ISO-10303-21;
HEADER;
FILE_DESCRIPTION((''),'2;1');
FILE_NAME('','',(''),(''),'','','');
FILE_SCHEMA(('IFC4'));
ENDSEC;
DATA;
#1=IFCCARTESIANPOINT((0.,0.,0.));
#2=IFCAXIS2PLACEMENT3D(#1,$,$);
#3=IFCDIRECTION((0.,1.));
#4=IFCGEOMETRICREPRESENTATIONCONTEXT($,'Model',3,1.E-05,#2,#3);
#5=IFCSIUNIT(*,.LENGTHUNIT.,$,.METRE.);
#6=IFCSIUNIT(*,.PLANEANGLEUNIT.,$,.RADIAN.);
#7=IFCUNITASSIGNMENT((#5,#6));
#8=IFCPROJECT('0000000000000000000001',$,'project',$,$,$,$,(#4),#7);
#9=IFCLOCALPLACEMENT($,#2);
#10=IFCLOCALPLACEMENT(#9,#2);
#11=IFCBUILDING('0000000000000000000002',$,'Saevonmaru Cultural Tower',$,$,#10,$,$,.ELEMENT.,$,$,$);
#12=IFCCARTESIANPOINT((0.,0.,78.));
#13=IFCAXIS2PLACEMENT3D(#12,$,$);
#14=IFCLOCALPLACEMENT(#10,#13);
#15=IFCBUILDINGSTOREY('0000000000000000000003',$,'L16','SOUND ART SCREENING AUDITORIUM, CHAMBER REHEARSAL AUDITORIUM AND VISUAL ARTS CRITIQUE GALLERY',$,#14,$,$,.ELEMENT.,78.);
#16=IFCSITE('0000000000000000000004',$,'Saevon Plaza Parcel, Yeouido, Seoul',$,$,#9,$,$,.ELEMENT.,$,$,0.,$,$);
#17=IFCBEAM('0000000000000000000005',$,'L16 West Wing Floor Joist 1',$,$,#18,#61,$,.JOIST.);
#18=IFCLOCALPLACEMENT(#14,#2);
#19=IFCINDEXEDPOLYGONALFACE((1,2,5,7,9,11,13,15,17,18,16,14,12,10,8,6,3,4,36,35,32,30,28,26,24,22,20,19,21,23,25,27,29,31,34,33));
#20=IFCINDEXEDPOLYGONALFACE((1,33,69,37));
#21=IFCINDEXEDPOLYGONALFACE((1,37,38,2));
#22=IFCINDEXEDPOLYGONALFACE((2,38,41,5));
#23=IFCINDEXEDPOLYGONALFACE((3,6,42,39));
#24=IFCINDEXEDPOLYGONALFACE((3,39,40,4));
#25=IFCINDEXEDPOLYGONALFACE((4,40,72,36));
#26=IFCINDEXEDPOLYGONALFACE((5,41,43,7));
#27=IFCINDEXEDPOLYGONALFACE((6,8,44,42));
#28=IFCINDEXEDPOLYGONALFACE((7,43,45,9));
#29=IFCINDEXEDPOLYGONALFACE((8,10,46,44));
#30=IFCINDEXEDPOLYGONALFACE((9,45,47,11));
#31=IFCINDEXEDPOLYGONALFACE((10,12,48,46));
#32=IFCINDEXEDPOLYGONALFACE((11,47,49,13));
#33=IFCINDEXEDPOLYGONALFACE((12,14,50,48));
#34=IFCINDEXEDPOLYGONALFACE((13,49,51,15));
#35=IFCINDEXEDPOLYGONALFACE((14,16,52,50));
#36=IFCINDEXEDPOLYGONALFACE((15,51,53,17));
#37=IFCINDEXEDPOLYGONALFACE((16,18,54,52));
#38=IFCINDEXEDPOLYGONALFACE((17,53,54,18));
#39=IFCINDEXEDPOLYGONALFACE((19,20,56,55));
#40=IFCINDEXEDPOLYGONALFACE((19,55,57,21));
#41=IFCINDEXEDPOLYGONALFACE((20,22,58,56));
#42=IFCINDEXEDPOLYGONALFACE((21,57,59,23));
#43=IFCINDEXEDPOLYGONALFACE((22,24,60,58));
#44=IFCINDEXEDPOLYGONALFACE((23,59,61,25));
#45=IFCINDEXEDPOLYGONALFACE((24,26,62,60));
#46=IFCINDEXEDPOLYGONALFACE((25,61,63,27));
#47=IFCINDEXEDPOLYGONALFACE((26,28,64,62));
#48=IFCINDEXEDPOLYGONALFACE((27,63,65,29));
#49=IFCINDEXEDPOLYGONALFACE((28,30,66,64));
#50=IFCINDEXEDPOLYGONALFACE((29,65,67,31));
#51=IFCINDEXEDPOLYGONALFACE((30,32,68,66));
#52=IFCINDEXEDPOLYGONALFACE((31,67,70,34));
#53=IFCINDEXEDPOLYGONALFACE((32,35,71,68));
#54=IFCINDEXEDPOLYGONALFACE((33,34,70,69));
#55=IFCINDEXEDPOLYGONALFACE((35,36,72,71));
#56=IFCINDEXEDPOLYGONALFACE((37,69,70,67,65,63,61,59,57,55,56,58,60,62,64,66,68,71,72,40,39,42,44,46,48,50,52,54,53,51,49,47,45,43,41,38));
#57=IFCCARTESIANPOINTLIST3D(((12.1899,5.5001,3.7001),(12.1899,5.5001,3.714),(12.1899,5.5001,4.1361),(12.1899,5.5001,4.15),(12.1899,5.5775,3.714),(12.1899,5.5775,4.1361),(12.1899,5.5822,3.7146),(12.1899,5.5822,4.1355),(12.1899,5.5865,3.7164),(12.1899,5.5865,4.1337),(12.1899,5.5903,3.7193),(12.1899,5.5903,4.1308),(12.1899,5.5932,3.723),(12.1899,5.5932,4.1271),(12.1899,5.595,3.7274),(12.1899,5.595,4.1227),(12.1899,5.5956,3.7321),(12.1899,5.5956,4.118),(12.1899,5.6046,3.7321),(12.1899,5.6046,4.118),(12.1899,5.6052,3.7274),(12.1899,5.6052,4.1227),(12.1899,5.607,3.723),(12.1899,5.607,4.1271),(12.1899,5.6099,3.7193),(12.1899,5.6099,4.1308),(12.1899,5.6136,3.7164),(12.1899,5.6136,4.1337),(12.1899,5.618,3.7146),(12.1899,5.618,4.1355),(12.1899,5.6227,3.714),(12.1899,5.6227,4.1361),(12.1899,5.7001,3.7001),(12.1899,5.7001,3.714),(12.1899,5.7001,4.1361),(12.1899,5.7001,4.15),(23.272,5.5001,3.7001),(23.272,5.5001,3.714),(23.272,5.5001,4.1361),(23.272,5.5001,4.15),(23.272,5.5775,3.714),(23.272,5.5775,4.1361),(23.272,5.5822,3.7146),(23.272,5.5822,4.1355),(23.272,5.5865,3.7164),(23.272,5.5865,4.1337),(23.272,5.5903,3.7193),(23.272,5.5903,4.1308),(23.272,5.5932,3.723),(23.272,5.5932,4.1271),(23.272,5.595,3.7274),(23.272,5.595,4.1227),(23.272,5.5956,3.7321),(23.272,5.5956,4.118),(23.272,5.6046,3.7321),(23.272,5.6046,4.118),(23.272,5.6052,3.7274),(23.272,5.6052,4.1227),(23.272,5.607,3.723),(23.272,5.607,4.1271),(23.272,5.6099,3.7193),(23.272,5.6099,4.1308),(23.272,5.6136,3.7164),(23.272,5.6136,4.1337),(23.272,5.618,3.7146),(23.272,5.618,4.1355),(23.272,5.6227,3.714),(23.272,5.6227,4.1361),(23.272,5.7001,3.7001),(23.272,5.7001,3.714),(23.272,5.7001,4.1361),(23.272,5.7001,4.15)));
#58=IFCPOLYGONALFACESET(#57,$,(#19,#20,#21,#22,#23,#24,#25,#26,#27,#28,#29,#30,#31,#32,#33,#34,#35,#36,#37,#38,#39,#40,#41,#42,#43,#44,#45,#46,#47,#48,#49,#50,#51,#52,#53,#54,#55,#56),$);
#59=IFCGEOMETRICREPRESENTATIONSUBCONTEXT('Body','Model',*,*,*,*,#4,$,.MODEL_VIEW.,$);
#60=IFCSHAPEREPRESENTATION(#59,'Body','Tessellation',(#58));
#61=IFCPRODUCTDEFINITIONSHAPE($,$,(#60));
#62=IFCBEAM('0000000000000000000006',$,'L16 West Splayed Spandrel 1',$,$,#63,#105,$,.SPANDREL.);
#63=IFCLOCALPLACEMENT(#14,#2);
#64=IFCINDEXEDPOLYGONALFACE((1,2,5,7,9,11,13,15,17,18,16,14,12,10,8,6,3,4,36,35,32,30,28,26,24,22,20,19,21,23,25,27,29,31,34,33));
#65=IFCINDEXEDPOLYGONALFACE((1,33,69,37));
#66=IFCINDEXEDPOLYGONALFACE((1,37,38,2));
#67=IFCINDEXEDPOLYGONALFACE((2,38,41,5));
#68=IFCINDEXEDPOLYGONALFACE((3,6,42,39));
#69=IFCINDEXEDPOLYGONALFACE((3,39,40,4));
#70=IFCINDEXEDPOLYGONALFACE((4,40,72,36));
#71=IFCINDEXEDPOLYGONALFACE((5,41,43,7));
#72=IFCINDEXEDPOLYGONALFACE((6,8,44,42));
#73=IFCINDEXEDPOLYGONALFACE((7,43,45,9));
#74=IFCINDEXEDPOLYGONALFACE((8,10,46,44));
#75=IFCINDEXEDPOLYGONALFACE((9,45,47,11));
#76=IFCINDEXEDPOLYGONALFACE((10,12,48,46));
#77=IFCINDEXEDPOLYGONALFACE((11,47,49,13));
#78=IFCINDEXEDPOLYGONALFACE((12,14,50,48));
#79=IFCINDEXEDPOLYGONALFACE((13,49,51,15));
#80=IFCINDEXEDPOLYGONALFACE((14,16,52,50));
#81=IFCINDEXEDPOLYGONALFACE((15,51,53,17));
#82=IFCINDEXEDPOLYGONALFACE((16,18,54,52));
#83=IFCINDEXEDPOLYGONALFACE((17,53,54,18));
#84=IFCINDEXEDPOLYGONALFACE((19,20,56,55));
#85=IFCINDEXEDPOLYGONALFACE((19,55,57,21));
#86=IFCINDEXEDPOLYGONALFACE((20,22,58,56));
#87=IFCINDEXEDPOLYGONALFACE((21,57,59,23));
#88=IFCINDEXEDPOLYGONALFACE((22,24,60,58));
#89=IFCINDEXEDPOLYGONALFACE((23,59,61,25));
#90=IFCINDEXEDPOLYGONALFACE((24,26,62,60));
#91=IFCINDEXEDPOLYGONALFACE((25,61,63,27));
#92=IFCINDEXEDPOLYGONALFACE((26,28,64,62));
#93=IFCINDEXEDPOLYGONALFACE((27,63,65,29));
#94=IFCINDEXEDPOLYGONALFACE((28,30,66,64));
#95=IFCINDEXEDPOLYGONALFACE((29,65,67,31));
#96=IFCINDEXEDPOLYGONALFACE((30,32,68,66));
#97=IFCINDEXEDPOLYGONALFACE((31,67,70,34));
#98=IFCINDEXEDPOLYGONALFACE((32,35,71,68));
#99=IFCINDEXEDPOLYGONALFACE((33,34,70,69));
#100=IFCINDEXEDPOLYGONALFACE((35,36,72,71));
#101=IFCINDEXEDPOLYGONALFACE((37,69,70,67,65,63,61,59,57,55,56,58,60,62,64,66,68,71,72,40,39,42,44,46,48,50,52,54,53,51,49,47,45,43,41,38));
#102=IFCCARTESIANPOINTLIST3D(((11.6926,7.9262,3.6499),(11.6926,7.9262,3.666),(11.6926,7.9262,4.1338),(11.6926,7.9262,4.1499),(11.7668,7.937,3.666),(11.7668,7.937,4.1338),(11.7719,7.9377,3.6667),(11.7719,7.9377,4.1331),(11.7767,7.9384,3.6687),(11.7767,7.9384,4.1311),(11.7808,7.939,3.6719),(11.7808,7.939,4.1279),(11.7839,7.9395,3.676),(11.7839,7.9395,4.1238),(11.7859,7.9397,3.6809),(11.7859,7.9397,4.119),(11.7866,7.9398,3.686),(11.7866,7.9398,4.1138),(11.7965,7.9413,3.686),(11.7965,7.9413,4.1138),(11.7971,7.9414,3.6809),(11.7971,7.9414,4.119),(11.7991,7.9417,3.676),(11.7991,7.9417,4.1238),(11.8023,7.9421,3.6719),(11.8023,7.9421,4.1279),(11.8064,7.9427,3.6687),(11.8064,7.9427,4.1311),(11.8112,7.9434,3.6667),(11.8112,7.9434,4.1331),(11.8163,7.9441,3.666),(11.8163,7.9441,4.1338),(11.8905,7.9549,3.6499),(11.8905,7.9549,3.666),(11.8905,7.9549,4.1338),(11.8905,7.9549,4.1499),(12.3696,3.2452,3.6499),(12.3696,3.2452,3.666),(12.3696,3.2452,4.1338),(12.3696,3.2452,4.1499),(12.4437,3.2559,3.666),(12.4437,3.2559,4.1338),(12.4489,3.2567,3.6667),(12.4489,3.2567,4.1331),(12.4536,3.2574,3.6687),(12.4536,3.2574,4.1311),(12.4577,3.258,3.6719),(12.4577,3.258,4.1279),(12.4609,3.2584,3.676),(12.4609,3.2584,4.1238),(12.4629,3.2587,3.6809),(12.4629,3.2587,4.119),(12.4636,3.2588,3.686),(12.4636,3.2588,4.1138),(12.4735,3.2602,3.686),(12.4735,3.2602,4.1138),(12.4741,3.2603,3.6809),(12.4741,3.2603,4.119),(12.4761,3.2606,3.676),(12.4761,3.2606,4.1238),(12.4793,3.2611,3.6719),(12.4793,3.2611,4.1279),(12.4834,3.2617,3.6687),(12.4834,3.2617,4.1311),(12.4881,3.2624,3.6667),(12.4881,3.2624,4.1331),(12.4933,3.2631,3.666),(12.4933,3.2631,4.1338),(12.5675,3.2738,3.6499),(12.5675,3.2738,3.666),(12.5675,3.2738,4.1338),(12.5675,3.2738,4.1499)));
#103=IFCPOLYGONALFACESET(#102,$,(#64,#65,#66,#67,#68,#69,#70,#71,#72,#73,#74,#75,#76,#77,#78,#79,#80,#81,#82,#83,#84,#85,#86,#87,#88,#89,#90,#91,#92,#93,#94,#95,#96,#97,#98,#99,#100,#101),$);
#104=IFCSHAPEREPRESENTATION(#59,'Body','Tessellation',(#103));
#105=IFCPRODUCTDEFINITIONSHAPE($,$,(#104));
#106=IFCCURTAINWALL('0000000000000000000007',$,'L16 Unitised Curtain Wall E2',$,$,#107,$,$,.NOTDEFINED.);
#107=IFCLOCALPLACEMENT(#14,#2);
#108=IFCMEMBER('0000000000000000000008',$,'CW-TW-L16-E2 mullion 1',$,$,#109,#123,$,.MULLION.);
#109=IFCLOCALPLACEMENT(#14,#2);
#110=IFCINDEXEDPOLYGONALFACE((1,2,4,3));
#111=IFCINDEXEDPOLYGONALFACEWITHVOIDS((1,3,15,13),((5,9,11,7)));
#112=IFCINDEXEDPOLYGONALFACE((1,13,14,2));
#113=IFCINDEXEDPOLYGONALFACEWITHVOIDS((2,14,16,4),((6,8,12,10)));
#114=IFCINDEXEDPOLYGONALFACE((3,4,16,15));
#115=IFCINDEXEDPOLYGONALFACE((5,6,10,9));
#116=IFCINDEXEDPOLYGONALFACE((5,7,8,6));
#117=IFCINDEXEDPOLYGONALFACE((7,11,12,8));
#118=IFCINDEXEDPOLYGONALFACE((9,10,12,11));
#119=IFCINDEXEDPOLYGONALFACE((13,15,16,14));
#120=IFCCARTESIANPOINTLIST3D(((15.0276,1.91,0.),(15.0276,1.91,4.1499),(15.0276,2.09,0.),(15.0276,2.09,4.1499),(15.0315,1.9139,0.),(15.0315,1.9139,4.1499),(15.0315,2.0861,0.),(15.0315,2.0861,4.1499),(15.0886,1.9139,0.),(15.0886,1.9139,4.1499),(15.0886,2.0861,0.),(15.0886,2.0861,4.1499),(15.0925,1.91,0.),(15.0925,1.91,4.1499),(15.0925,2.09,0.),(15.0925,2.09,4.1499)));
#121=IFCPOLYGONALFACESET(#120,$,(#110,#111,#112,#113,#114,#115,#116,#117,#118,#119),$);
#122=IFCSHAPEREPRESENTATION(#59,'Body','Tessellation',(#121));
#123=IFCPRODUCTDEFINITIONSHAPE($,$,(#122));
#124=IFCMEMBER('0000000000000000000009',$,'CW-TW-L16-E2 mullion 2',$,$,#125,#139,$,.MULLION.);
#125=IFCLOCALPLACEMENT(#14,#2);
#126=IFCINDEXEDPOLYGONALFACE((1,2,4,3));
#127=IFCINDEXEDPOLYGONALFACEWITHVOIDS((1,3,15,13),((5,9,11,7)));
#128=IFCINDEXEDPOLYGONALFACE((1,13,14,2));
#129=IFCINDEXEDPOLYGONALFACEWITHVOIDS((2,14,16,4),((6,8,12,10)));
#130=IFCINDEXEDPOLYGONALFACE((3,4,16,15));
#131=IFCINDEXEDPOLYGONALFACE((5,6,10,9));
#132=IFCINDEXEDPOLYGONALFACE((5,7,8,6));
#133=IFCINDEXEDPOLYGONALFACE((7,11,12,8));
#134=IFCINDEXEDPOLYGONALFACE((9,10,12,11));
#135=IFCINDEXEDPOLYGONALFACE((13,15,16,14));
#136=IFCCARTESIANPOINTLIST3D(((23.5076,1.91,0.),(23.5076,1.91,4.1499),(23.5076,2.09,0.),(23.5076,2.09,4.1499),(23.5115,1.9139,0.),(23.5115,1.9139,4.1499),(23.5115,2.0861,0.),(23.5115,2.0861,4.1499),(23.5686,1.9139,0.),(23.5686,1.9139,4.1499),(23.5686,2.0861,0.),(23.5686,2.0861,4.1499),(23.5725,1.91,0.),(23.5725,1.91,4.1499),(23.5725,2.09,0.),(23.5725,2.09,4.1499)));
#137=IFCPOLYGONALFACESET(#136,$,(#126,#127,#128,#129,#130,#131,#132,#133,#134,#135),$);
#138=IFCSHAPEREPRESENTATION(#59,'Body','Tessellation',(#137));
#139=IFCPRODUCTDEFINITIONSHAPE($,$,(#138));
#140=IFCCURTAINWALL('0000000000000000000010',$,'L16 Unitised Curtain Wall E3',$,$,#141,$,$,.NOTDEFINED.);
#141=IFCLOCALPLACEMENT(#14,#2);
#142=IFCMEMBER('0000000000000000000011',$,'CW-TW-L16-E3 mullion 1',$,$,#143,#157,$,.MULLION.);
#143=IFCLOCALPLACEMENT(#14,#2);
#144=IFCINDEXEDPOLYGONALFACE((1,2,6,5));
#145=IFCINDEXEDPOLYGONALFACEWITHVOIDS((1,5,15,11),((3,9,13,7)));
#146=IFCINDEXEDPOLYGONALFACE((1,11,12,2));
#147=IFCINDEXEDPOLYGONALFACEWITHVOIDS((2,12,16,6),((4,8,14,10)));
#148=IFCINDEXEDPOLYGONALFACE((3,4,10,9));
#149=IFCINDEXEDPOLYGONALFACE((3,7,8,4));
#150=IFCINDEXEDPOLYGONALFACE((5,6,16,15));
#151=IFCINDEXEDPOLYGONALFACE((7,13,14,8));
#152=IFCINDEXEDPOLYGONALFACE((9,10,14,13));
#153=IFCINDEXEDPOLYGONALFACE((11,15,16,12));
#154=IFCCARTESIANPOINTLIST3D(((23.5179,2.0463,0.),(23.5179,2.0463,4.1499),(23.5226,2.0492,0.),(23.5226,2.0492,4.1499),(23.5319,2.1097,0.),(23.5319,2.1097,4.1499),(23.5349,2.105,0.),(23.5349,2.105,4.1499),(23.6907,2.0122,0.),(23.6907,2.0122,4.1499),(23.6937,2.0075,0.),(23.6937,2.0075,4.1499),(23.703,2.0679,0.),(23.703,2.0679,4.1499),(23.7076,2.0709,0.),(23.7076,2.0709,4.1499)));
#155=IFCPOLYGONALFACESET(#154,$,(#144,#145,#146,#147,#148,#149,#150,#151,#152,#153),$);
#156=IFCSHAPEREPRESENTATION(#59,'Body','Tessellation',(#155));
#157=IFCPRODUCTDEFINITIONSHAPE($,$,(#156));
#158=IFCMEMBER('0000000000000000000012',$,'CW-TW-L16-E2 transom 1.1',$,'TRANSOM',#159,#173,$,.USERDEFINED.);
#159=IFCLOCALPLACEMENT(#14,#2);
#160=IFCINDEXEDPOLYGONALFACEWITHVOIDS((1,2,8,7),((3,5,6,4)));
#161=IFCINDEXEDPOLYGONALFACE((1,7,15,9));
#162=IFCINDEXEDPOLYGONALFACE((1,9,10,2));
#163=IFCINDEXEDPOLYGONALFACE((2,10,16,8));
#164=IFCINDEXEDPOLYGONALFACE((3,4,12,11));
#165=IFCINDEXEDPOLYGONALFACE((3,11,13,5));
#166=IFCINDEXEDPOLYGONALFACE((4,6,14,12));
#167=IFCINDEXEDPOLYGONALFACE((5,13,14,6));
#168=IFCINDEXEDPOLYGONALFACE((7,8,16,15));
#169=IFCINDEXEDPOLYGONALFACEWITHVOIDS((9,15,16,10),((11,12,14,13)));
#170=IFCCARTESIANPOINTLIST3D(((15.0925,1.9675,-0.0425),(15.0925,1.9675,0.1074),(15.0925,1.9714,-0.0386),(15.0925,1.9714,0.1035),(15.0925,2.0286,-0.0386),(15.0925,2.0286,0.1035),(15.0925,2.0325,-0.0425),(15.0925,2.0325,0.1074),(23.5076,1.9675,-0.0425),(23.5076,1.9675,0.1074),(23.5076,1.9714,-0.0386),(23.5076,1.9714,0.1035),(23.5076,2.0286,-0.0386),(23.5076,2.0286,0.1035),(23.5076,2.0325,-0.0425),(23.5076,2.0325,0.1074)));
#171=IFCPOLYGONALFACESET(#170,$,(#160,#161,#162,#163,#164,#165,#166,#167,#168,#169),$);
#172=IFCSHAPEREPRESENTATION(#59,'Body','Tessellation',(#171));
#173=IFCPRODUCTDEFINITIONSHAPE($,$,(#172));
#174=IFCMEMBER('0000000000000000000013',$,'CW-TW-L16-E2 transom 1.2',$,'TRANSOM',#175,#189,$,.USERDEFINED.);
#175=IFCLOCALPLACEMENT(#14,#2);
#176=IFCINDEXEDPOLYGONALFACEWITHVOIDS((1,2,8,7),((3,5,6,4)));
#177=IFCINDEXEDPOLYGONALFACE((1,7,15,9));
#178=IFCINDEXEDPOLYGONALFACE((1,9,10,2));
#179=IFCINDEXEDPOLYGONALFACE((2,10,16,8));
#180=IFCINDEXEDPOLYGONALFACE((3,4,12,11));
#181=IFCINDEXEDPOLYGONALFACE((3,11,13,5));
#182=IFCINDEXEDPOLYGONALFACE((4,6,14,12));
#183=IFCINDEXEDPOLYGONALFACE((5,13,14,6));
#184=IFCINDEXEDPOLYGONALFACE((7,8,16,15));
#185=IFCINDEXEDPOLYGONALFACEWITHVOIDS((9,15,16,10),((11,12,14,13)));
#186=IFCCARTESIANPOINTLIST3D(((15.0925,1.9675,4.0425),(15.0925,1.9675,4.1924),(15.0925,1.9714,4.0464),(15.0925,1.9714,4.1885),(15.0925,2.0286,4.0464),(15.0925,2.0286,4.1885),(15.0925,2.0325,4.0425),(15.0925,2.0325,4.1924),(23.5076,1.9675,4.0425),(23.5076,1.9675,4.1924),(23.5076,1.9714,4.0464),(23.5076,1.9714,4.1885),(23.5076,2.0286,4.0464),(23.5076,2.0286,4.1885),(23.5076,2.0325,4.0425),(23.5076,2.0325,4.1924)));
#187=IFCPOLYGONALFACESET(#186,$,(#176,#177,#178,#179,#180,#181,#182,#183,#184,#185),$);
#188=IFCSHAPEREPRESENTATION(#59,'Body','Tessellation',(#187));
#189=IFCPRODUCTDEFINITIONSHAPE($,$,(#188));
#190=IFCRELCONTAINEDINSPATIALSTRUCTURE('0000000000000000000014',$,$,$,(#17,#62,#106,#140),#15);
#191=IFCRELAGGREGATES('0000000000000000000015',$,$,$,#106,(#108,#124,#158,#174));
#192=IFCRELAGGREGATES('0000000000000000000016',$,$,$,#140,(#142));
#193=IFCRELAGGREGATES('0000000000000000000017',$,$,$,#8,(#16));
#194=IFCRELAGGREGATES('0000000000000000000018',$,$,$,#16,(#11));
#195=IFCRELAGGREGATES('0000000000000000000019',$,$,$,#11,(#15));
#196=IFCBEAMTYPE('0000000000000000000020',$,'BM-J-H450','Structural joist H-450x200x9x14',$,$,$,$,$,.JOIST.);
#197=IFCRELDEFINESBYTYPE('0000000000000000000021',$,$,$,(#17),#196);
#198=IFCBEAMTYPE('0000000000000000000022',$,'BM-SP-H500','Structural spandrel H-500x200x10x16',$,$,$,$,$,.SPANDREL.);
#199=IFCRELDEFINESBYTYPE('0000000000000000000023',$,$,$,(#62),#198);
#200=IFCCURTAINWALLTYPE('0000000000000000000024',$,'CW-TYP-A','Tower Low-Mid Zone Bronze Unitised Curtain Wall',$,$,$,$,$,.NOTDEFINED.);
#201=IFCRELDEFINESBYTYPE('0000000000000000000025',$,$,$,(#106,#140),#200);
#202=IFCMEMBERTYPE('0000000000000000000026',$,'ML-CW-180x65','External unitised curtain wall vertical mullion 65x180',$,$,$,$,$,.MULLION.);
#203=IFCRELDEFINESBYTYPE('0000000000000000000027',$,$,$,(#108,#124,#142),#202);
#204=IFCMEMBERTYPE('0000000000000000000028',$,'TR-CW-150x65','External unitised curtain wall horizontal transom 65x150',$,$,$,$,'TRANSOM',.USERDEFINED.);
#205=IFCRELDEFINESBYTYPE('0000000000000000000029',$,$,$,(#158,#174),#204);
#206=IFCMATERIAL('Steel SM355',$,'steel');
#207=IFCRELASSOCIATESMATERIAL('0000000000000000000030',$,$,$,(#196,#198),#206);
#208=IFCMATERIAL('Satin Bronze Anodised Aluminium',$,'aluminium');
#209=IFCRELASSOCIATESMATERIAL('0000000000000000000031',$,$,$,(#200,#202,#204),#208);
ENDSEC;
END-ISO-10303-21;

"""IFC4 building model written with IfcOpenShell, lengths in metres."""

from ifc_helpers import new_model, si_unit, direction, frame, origin, origin_2d, place, context, subcontext, project, spatial, hollow_rectangle, i_section, extrude, material, material_profile, profile_set, type_object, element, aggregate, save


model = new_model("IFC4")

# Units and contexts
model_context = context("Model", 3, precision=1e-05, world=origin(), true_north=direction((0.0, 1.0)))
body_context = subcontext(model_context, "Body", "Model", "MODEL_VIEW")
ifc_project = project(units=[si_unit("LENGTHUNIT", "METRE"), si_unit("PLANEANGLEUNIT", "RADIAN")], contexts=[model_context])

# Site, building, storey
site_placement = place(None, origin())
site = spatial("IfcSite", under=ifc_project, at=site_placement, Name="Saevon Plaza Parcel, Yeouido, Seoul", CompositionType="ELEMENT", RefElevation=0.0)
building_placement = place(site_placement, origin())
building = spatial("IfcBuilding", under=site, at=building_placement, Name="Saevonmaru Cultural Tower", CompositionType="ELEMENT")
storey_placement = place(building_placement, frame((0.0, 0.0, 78.0)))
storey = spatial("IfcBuildingStorey", under=building, at=storey_placement, Name="L16", Description="SOUND ART SCREENING AUDITORIUM, CHAMBER REHEARSAL AUDITORIUM AND VISUAL ARTS CRITIQUE GALLERY", CompositionType="ELEMENT", Elevation=78.0)

# Beams
ifc_material_1 = material(Name="Steel SM355", Category="steel")
ifc_material_profile_1 = material_profile(ifc_material_1, i_section(OverallWidth=0.2, OverallDepth=0.45, WebThickness=0.009, FlangeThickness=0.0139, FilletRadius=0.0181, at=origin_2d()), Name="H-450x200x9x14")
ifc_profile_set_1 = profile_set([ifc_material_profile_1], Name="Steel SM355")
beam_type_1 = type_object("IfcBeamType", Name="BM-J-H450", Description="Structural joist H-450x200x9x14", PredefinedType="JOIST", material=ifc_profile_set_1)
beam_1_placement = place(storey_placement, frame((12.1899, 5.6001, 3.925), z_axis=(1.0, 0.0, 0.0), x_axis=(0.0, 1.0, 0.0)))
element("IfcBeam", 1, at=beam_1_placement, inside=storey, type_object=beam_type_1, Name="L16 West Wing Floor Joist 1", PredefinedType="JOIST", context=body_context, shape_type="SweptSolid", body=[
    extrude(i_section(OverallWidth=0.2, OverallDepth=0.45, WebThickness=0.009, FlangeThickness=0.0139, FilletRadius=0.0181, at=origin_2d()), origin(), (0.0, 0.0, 1.0), 11.082),
])
ifc_material_profile_2 = material_profile(ifc_material_1, i_section(OverallWidth=0.2, OverallDepth=0.5, WebThickness=0.01, FlangeThickness=0.0161, FilletRadius=0.02, at=origin_2d()), Name="H-500x200x10x16")
ifc_profile_set_2 = profile_set([ifc_material_profile_2], Name="Steel SM355")
beam_type_2 = type_object("IfcBeamType", Name="BM-SP-H500", Description="Structural spandrel H-500x200x10x16", PredefinedType="SPANDREL", material=ifc_profile_set_2)
beam_2_placement = place(storey_placement, frame((12.4685, 3.2595, 3.8999), z_axis=(-0.143134, 0.989703, 0.0), x_axis=(-0.989703, -0.143134, 0.0)))
element("IfcBeam", 2, at=beam_2_placement, inside=storey, type_object=beam_type_2, Name="L16 West Splayed Spandrel 1", PredefinedType="SPANDREL", context=body_context, shape_type="SweptSolid", body=[
    extrude(i_section(OverallWidth=0.2, OverallDepth=0.5, WebThickness=0.01, FlangeThickness=0.0161, FilletRadius=0.02, at=origin_2d()), origin(), (0.0, 0.0, 1.0), 4.7297),
])

# Curtain wall, members
ifc_material_2 = material(Name="Satin Bronze Anodised Aluminium", Category="aluminium")
curtain_wall_type = type_object("IfcCurtainWallType", Name="CW-TYP-A", Description="Tower Low-Mid Zone Bronze Unitised Curtain Wall", PredefinedType="NOTDEFINED", material=ifc_material_2)
curtain_wall_1_placement = place(storey_placement, origin())
curtain_wall_1 = element("IfcCurtainWall", 3, at=curtain_wall_1_placement, inside=storey, type_object=curtain_wall_type, Name="L16 Unitised Curtain Wall E2", PredefinedType="NOTDEFINED")
ifc_material_profile_3 = material_profile(ifc_material_2, hollow_rectangle(XDim=0.0649, YDim=0.1799, WallThickness=0.0039, at=origin_2d()), Name="ALU-MULL-180x65x4")
ifc_profile_set_3 = profile_set([ifc_material_profile_3], Name="Satin Bronze Anodised Aluminium")
member_type_1 = type_object("IfcMemberType", Name="ML-CW-180x65", Description="External unitised curtain wall vertical mullion 65x180", PredefinedType="MULLION", material=ifc_profile_set_3)
member_1_placement = place(storey_placement, frame((15.0601, 2.0, 0.0), z_axis=(0.0, 0.0, 1.0), x_axis=(1.0, 0.0, 0.0)))
member_1 = element("IfcMember", 4, at=member_1_placement, type_object=member_type_1, Name="CW-TW-L16-E2 mullion 1", PredefinedType="MULLION", context=body_context, shape_type="SweptSolid", body=[
    extrude(hollow_rectangle(XDim=0.0649, YDim=0.1799, WallThickness=0.0039, at=origin_2d()), origin(), (0.0, 0.0, 1.0), 4.1499),
])
member_2_placement = place(storey_placement, frame((23.54, 2.0, 0.0), z_axis=(0.0, 0.0, 1.0), x_axis=(1.0, 0.0, 0.0)))
member_2 = element("IfcMember", 5, at=member_2_placement, type_object=member_type_1, Name="CW-TW-L16-E2 mullion 2", PredefinedType="MULLION", context=body_context, shape_type="SweptSolid", body=[
    extrude(hollow_rectangle(XDim=0.0649, YDim=0.1799, WallThickness=0.0039, at=origin_2d()), origin(), (0.0, 0.0, 1.0), 4.1499),
])

# Curtain wall, member
curtain_wall_2_placement = place(storey_placement, origin())
curtain_wall_2 = element("IfcCurtainWall", 6, at=curtain_wall_2_placement, inside=storey, type_object=curtain_wall_type, Name="L16 Unitised Curtain Wall E3", PredefinedType="NOTDEFINED")
member_3_placement = place(storey_placement, frame((23.6128, 2.0586, 0.0), z_axis=(0.0, 0.0, 1.0), x_axis=(0.215413, 0.976523, 0.0)))
member_3 = element("IfcMember", 7, at=member_3_placement, type_object=member_type_1, Name="CW-TW-L16-E3 mullion 1", PredefinedType="MULLION", context=body_context, shape_type="SweptSolid", body=[
    extrude(hollow_rectangle(XDim=0.0649, YDim=0.1799, WallThickness=0.0039, at=origin_2d()), origin(), (0.0, 0.0, 1.0), 4.1499),
])

# Members
ifc_material_profile_4 = material_profile(ifc_material_2, hollow_rectangle(XDim=0.0649, YDim=0.1499, WallThickness=0.0039, at=origin_2d()), Name="ALU-TRAN-150x65x4")
ifc_profile_set_4 = profile_set([ifc_material_profile_4], Name="Satin Bronze Anodised Aluminium")
member_type_2 = type_object("IfcMemberType", Name="TR-CW-150x65", Description="External unitised curtain wall horizontal transom 65x150", ElementType="TRANSOM", PredefinedType="USERDEFINED", material=ifc_profile_set_4)
member_4_placement = place(storey_placement, frame((15.0925, 2.0, 0.0325), z_axis=(1.0, 0.0, 0.0), x_axis=(0.0, 1.0, 0.0)))
member_4 = element("IfcMember", 8, at=member_4_placement, type_object=member_type_2, Name="CW-TW-L16-E2 transom 1.1", ObjectType="TRANSOM", PredefinedType="USERDEFINED", context=body_context, shape_type="SweptSolid", body=[
    extrude(hollow_rectangle(XDim=0.0649, YDim=0.1499, WallThickness=0.0039, at=origin_2d()), origin(), (0.0, 0.0, 1.0), 8.415),
])
member_5_placement = place(storey_placement, frame((15.0925, 2.0, 4.1174), z_axis=(1.0, 0.0, 0.0), x_axis=(0.0, 1.0, 0.0)))
member_5 = element("IfcMember", 9, at=member_5_placement, type_object=member_type_2, Name="CW-TW-L16-E2 transom 1.2", ObjectType="TRANSOM", PredefinedType="USERDEFINED", context=body_context, shape_type="SweptSolid", body=[
    extrude(hollow_rectangle(XDim=0.0649, YDim=0.1499, WallThickness=0.0039, at=origin_2d()), origin(), (0.0, 0.0, 1.0), 8.415),
])

aggregate(curtain_wall_1, [member_1, member_2, member_4, member_5])
aggregate(curtain_wall_2, [member_3])

save(model, "model.ifc")
